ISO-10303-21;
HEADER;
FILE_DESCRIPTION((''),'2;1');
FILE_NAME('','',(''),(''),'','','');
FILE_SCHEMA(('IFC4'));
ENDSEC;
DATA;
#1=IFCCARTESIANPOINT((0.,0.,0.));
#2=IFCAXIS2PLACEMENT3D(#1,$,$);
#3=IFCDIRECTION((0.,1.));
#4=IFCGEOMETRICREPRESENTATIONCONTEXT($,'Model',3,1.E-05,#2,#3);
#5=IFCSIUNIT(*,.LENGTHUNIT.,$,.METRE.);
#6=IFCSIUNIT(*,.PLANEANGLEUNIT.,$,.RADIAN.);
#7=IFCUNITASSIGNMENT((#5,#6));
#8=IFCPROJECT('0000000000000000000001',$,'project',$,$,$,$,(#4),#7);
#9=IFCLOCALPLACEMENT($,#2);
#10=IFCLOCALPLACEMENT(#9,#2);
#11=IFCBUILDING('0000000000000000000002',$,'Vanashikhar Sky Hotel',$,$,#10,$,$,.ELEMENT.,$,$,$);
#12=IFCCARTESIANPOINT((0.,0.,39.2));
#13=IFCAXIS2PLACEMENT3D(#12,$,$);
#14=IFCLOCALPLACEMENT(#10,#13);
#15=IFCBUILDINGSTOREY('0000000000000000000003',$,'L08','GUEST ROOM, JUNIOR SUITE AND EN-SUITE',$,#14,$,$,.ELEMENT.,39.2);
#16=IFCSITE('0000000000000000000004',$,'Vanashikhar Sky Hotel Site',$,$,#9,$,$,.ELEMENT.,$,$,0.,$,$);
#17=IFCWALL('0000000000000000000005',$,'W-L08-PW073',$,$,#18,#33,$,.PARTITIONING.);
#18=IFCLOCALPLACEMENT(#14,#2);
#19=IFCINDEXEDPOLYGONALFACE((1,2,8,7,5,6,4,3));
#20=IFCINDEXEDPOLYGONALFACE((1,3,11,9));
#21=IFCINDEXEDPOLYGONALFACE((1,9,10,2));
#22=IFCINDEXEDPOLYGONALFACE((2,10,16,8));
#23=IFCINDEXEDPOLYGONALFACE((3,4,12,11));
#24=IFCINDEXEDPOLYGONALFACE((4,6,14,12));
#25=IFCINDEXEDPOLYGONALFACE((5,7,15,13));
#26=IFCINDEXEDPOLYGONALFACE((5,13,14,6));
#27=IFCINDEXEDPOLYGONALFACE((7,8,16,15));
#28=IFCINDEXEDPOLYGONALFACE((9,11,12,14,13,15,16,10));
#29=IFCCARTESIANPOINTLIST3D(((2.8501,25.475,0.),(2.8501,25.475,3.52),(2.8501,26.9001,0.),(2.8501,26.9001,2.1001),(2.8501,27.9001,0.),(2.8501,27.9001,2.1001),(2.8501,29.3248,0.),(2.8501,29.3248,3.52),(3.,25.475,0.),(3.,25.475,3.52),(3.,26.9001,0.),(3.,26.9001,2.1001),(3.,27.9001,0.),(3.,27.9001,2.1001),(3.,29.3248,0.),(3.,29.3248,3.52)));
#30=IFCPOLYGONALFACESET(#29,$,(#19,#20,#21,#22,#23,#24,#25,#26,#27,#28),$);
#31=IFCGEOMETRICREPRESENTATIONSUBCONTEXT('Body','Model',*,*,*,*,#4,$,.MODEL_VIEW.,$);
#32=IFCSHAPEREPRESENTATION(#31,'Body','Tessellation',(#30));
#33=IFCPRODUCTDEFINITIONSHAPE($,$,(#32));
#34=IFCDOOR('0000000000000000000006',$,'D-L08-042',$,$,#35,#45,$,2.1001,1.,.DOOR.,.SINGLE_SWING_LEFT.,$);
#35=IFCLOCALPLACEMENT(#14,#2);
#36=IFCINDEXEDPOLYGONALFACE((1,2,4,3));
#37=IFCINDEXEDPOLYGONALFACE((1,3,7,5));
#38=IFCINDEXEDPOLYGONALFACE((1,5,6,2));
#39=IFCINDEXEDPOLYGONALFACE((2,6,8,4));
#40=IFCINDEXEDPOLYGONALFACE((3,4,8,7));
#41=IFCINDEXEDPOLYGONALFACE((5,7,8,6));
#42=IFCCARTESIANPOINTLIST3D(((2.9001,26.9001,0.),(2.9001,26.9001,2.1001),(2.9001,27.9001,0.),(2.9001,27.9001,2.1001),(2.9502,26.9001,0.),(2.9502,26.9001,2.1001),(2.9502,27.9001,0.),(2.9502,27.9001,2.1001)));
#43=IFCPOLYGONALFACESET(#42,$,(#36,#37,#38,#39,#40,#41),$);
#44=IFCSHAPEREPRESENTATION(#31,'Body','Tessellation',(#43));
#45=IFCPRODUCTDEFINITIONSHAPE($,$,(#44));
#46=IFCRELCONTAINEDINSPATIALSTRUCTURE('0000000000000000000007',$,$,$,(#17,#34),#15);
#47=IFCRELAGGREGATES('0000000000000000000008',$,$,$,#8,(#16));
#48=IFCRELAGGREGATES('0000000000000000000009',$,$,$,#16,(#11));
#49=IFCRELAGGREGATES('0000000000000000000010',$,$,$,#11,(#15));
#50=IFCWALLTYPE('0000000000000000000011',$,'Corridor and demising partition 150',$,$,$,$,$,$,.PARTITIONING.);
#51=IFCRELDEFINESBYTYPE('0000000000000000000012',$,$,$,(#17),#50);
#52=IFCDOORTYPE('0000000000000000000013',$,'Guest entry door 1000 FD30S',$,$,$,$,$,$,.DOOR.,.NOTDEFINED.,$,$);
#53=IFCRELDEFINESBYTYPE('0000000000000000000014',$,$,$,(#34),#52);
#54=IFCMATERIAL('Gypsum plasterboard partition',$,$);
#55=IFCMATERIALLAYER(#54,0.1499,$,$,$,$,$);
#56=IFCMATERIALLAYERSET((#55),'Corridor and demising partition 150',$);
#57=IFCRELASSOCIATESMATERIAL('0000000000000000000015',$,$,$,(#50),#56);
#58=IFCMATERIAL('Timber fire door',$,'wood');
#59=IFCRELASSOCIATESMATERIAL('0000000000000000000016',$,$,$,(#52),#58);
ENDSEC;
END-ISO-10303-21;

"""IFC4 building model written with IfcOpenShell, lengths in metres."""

from ifc_helpers import new_model, si_unit, direction, frame, frame_2d, origin, place, context, subcontext, project, spatial, rectangle, extrude, source, transform, mapped, material, layer, layer_set, type_object, element, fill, save


model = new_model("IFC4")

# Units and contexts
model_context = context("Model", 3, precision=1e-05, world=origin(), true_north=direction((0.0, 1.0)))
body_context = subcontext(model_context, "Body", "Model", "MODEL_VIEW")
ifc_project = project(units=[si_unit("LENGTHUNIT", "METRE"), si_unit("PLANEANGLEUNIT", "RADIAN")], contexts=[model_context])

# Site, building, storey
site_placement = place(None, origin())
site = spatial("IfcSite", under=ifc_project, at=site_placement, Name="Vanashikhar Sky Hotel Site", CompositionType="ELEMENT", RefElevation=0.0)
building_placement = place(site_placement, origin())
building = spatial("IfcBuilding", under=site, at=building_placement, Name="Vanashikhar Sky Hotel", CompositionType="ELEMENT")
storey_placement = place(building_placement, frame((0.0, 0.0, 39.2)))
storey = spatial("IfcBuildingStorey", under=building, at=storey_placement, Name="L08", Description="GUEST ROOM, JUNIOR SUITE AND EN-SUITE", CompositionType="ELEMENT", Elevation=39.2)

# Shared definitions
ifc_material_1 = material(Name="Gypsum plasterboard partition")
ifc_layer_1 = layer(ifc_material_1, 0.1499)
ifc_layer_set_1 = layer_set([ifc_layer_1], Name="Corridor and demising partition 150")
wall_type_1 = type_object("IfcWallType", Name="Corridor and demising partition 150", PredefinedType="PARTITIONING", material=ifc_layer_set_1)
shared_shape_1 = source(origin(), body_context, "Body", "SweptSolid", [
    extrude(rectangle(XDim=1.0, YDim=2.1001, at=frame_2d((0.5, 1.05))), frame((0.0, 0.085, 0.0), z_axis=(0.0, -1.0, 0.0), x_axis=(1.0, 0.0, 0.0)), (0.0, 0.0, 1.0), 0.1699),
])
ifc_material_2 = material(Name="Timber fire door", Category="wood")
door_type = type_object("IfcDoorType", Name="Guest entry door 1000 FD30S", OperationType="NOTDEFINED", PredefinedType="DOOR", material=ifc_material_2)
shared_shape_2 = source(origin(), body_context, "Body", "SweptSolid", [
    extrude(rectangle(XDim=1.0, YDim=2.1001, at=frame_2d((0.5, 1.05))), frame((0.0, 0.0249, 0.0), z_axis=(0.0, -1.0, 0.0), x_axis=(1.0, 0.0, 0.0)), (0.0, 0.0, 1.0), 0.05),
])

# Wall, opening, door
shared_shape_3 = source(origin(), body_context, "Body", "SweptSolid", [
    extrude(rectangle(XDim=3.8499, YDim=0.1499, at=frame_2d((1.9248, 0.0))), origin(), (0.0, 0.0, 1.0), 3.52),
])
wall_1_placement = place(storey_placement, frame((2.925, 25.4751, 0.0), z_axis=(0.0, 0.0, 1.0), x_axis=(0.0, 1.0, 0.0)))
wall_1 = element("IfcWall", 1, at=wall_1_placement, inside=storey, type_object=wall_type_1, Name="W-L08-PW073", PredefinedType="PARTITIONING", context=body_context, shape_type="MappedRepresentation", body=[
    mapped(shared_shape_3, transform((0.0, 0.0, 0.0), scale=1.0)),
])
opening_1_placement = place(wall_1_placement, frame((1.425, 0.0, 0.0)))
opening_1 = element("IfcOpeningElement", 2, at=opening_1_placement, cuts=wall_1, PredefinedType="OPENING", context=body_context, shape_type="MappedRepresentation", body=[
    mapped(shared_shape_1, transform((0.0, 0.0, 0.0), scale=1.0)),
])
door_1_placement = place(opening_1_placement, origin())
door_1 = element("IfcDoor", 3, at=door_1_placement, inside=storey, type_object=door_type, Name="D-L08-042", OperationType="SINGLE_SWING_LEFT", OverallHeight=2.1001, OverallWidth=1.0, PredefinedType="DOOR", context=body_context, shape_type="MappedRepresentation", body=[
    mapped(shared_shape_2, transform((0.0, 0.0, 0.0), scale=1.0)),
])
fill(opening_1, door_1)

save(model, "model.ifc")
